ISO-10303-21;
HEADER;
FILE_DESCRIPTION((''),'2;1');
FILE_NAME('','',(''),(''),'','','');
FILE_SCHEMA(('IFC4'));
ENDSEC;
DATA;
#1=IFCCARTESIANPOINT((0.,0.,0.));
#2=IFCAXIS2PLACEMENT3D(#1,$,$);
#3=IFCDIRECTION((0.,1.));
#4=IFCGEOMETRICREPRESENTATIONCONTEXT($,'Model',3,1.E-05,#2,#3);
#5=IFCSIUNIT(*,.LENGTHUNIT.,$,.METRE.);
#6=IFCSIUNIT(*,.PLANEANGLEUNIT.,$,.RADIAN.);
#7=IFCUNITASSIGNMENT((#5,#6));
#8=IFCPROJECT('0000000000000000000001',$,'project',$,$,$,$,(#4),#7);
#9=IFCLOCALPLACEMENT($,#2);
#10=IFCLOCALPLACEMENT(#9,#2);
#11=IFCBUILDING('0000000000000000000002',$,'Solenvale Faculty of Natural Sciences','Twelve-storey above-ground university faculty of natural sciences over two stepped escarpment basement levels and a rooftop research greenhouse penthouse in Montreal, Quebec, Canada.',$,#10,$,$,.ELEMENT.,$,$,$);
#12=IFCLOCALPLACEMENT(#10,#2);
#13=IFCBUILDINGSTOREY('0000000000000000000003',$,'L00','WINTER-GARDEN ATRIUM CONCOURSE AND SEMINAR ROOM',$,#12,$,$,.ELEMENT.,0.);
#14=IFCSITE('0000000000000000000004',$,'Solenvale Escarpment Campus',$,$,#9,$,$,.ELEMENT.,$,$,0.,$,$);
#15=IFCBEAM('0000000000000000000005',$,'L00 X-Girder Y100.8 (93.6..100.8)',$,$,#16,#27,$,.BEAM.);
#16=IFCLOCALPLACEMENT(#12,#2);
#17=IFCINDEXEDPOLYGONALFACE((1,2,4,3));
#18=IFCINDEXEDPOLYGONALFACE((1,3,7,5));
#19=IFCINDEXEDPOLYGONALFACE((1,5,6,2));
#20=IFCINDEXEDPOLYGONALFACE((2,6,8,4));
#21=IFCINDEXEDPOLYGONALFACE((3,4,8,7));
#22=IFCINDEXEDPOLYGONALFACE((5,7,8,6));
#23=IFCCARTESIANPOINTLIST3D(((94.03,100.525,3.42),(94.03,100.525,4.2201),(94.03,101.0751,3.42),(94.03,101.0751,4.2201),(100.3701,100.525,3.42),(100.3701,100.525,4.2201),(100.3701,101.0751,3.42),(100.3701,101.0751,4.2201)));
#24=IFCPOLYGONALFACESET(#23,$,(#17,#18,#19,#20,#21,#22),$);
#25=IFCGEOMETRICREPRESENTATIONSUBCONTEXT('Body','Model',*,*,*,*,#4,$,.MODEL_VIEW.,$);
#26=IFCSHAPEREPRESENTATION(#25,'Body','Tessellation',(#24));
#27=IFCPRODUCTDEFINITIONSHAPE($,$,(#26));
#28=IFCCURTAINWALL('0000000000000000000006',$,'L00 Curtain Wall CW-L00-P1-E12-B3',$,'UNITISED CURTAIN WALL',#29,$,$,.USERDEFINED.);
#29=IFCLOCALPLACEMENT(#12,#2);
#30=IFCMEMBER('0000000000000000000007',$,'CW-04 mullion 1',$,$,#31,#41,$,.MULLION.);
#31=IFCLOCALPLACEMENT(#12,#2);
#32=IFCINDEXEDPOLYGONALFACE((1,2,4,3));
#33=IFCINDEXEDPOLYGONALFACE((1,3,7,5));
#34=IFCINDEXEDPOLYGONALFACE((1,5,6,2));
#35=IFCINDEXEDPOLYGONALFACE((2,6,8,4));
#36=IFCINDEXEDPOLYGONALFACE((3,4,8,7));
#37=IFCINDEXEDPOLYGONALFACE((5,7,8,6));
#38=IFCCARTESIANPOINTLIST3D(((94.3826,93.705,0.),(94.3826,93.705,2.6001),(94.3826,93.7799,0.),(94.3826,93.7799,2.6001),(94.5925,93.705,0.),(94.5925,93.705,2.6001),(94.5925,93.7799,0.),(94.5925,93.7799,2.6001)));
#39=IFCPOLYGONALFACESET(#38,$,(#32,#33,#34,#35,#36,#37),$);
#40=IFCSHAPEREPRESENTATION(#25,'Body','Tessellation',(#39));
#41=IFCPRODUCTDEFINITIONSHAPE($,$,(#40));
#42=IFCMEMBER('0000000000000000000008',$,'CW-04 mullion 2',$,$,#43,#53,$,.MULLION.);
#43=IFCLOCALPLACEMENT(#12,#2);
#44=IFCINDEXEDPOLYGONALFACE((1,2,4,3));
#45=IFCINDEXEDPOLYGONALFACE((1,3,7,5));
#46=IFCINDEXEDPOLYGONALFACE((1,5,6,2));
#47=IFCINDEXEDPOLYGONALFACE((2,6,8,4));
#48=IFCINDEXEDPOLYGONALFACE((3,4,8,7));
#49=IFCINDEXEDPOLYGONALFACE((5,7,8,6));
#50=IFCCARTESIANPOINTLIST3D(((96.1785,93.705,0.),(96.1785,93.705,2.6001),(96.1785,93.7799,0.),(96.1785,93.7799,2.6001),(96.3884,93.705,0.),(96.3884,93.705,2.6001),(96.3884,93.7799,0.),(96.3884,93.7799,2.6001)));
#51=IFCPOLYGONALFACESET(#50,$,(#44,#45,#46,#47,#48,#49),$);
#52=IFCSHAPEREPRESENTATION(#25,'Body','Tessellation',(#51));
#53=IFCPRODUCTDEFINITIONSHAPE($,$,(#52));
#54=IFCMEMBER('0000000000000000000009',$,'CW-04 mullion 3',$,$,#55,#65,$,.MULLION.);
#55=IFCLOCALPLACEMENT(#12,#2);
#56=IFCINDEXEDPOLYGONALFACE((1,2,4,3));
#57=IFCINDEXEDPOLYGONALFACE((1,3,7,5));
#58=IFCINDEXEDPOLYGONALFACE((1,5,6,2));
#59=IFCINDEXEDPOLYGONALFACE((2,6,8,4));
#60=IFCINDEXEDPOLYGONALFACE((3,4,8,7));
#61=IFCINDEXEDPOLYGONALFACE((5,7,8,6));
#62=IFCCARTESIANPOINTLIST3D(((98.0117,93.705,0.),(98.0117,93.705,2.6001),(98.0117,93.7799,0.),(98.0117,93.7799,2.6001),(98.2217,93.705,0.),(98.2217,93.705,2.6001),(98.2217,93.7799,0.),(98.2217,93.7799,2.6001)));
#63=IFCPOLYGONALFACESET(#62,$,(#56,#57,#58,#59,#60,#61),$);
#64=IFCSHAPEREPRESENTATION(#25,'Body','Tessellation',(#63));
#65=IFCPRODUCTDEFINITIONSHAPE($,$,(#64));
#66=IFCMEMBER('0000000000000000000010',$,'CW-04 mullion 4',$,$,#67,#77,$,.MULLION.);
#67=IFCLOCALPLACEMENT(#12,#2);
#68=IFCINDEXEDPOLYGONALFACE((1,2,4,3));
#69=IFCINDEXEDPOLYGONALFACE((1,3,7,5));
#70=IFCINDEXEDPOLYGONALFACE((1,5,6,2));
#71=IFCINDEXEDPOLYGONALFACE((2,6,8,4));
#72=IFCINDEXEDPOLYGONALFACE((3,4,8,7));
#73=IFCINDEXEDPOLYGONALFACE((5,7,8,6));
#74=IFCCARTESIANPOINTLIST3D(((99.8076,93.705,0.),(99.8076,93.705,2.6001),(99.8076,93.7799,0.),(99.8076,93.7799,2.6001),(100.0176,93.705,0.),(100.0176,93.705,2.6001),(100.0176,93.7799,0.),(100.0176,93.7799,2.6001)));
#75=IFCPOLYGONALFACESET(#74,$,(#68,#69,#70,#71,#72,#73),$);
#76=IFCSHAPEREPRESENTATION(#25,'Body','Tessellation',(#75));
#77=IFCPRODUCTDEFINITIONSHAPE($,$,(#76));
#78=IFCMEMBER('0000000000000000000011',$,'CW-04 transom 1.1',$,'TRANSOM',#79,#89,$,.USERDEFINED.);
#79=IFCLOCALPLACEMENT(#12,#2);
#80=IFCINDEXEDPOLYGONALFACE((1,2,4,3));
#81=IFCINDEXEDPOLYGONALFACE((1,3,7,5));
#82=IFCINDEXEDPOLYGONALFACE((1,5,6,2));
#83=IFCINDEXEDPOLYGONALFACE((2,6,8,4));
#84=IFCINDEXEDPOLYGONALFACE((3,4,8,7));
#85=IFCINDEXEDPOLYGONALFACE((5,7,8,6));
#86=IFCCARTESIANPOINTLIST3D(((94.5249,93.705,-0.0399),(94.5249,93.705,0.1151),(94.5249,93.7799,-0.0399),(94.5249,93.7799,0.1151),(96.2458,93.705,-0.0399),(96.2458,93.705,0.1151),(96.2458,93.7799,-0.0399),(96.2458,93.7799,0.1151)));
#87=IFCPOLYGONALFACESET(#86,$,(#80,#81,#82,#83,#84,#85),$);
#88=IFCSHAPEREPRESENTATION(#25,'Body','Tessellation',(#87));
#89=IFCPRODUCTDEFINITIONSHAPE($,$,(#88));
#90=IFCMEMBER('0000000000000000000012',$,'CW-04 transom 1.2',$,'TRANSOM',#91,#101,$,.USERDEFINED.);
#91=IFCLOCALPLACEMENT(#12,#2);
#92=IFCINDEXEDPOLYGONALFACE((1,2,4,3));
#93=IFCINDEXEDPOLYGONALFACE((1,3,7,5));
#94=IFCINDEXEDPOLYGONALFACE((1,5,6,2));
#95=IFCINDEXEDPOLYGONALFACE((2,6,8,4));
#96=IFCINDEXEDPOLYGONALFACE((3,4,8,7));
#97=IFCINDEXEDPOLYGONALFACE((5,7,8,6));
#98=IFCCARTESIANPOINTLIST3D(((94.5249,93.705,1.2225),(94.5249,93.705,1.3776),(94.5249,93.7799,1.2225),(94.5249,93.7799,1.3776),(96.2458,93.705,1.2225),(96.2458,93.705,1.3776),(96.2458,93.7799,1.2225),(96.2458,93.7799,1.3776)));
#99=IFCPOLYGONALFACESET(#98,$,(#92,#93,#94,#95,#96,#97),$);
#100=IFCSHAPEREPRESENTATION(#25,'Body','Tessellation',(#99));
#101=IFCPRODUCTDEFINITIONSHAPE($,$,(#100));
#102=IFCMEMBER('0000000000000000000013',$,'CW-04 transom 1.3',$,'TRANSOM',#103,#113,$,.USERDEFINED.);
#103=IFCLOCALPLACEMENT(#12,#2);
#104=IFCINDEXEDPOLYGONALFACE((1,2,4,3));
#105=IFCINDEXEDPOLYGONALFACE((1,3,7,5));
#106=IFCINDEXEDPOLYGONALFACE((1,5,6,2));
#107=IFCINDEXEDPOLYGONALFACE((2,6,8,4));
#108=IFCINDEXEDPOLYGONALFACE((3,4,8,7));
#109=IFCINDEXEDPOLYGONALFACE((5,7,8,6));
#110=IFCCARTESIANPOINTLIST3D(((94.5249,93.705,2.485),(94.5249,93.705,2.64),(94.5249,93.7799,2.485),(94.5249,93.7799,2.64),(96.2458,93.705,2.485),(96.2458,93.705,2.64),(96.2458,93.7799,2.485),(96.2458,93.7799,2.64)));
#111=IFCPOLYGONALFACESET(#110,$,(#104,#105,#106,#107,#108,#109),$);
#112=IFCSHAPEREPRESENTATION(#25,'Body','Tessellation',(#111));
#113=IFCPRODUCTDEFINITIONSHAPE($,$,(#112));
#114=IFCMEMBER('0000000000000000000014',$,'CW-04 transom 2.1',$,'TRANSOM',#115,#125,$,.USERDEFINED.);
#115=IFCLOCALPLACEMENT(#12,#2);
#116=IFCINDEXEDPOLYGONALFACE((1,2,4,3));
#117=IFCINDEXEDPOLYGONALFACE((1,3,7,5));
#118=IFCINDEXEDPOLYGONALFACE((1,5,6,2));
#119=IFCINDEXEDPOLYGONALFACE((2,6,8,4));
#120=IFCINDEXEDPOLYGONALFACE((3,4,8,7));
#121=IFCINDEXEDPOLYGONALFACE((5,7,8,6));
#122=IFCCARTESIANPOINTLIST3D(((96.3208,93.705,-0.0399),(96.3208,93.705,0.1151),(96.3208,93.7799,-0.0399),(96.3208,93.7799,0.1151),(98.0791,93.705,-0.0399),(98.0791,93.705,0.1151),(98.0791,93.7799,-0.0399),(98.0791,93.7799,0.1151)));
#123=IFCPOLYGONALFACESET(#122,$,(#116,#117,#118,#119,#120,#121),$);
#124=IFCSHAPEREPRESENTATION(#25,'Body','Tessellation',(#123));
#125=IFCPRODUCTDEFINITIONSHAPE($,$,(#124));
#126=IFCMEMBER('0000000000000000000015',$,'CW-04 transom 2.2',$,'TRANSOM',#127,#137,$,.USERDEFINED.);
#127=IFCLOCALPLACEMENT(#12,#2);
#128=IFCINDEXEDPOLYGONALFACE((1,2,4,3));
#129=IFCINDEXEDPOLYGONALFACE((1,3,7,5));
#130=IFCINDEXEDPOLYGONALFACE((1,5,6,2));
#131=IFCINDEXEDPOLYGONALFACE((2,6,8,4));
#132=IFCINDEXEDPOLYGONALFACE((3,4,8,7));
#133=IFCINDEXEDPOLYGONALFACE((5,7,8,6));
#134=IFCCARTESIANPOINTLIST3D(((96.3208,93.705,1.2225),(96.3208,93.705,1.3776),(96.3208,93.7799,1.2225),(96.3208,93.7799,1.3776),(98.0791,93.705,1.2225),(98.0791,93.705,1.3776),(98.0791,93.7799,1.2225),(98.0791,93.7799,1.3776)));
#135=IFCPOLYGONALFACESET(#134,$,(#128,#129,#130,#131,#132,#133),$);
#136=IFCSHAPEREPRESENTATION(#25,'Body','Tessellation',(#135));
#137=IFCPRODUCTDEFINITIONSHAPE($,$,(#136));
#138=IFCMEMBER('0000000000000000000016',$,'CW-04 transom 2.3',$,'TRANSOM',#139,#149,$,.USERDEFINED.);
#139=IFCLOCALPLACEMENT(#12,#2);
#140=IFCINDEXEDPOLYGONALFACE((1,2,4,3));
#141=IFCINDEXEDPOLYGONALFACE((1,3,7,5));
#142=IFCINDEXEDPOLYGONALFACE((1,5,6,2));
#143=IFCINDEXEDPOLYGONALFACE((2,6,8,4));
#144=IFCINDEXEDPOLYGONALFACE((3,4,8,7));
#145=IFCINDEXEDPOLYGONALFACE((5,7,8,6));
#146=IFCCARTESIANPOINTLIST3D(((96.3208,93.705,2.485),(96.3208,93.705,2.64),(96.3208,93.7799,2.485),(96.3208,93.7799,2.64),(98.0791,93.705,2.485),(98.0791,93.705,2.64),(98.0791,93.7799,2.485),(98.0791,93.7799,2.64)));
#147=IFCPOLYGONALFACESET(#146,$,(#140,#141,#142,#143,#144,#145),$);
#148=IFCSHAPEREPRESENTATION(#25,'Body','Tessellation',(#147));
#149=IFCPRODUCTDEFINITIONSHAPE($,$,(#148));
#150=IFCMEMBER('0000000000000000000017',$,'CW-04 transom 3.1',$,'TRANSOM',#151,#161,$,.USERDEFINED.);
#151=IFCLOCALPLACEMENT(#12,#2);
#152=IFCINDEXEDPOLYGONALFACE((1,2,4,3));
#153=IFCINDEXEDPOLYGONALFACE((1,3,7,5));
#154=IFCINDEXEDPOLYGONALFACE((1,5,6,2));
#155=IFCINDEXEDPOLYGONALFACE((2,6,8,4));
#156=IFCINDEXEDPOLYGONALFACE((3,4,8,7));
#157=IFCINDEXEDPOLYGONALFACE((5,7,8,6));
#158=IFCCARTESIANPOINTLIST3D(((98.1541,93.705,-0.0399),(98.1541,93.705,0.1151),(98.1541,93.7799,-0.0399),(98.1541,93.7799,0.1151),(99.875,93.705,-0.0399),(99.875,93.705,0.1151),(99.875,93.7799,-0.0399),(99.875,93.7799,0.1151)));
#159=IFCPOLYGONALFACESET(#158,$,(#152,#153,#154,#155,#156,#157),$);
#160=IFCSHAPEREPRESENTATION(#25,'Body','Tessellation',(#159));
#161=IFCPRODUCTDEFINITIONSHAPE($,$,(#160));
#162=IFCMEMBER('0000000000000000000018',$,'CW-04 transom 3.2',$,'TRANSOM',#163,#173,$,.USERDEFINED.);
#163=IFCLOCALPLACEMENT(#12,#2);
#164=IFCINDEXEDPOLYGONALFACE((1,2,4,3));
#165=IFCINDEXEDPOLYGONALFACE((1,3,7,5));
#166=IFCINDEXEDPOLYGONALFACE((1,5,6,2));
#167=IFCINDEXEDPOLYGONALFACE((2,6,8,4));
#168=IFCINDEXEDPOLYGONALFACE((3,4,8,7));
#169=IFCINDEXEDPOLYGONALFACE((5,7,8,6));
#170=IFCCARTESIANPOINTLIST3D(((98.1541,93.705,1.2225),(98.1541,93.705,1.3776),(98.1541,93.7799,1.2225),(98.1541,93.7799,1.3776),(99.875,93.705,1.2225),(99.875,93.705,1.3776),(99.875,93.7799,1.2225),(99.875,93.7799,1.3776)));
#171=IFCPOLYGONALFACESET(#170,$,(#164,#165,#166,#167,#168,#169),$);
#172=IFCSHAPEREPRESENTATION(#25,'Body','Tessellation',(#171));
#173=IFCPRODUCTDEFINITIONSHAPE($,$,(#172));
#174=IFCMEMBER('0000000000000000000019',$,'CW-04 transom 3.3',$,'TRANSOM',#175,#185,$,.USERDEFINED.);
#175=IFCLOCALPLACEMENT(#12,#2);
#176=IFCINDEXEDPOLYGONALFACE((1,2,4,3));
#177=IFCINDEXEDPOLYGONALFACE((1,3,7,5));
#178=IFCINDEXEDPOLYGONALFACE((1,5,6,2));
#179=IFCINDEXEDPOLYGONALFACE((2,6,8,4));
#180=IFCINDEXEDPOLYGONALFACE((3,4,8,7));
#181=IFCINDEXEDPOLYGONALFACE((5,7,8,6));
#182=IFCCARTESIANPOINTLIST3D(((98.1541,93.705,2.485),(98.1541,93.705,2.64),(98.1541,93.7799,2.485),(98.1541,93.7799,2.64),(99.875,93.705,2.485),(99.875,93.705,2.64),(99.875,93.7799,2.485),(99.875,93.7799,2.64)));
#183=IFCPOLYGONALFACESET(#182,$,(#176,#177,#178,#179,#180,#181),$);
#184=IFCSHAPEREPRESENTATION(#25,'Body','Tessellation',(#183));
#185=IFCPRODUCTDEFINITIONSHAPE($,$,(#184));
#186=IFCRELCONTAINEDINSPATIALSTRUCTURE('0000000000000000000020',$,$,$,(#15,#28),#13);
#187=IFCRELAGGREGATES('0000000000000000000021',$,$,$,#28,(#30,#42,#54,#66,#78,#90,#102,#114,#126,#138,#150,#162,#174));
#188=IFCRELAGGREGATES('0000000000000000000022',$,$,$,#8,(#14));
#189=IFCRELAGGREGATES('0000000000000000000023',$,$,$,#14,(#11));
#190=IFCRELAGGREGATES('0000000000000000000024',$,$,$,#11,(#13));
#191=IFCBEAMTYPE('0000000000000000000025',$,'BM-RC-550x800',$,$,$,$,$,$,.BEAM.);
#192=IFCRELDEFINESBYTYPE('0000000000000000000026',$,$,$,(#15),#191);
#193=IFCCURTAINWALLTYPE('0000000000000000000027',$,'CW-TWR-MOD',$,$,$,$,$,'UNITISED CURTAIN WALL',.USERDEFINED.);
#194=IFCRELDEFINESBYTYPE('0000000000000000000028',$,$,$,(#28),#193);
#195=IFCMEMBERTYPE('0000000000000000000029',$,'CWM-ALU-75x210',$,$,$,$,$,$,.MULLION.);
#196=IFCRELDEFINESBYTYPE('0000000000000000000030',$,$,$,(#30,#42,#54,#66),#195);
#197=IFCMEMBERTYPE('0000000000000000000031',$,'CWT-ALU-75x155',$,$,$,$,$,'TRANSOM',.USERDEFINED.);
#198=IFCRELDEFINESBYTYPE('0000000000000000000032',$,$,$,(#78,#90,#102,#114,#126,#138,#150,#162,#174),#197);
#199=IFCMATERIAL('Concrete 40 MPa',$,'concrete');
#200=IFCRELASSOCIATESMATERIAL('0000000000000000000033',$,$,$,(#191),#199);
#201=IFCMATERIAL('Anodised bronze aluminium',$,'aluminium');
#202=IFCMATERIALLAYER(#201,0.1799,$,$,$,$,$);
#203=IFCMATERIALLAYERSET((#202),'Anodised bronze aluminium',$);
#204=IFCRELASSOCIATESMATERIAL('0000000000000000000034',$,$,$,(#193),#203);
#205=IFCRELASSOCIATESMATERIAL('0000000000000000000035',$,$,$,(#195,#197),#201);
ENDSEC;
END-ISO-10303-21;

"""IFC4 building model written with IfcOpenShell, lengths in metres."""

from ifc_helpers import new_model, si_unit, direction, frame, origin, origin_2d, place, context, subcontext, project, spatial, rectangle, extrude, material, layer, layer_set, material_profile, profile_set, type_object, element, aggregate, save


model = new_model("IFC4")

# Units and contexts
model_context = context("Model", 3, precision=1e-05, world=origin(), true_north=direction((0.0, 1.0)))
body_context = subcontext(model_context, "Body", "Model", "MODEL_VIEW")
ifc_project = project(units=[si_unit("LENGTHUNIT", "METRE"), si_unit("PLANEANGLEUNIT", "RADIAN")], contexts=[model_context])

# Site, building, storey
site_placement = place(None, origin())
site = spatial("IfcSite", under=ifc_project, at=site_placement, Name="Solenvale Escarpment Campus", CompositionType="ELEMENT", RefElevation=0.0)
building_placement = place(site_placement, origin())
building = spatial("IfcBuilding", under=site, at=building_placement, Name="Solenvale Faculty of Natural Sciences", Description="Twelve-storey above-ground university faculty of natural sciences over two stepped escarpment basement levels and a rooftop research greenhouse penthouse in Montreal, Quebec, Canada.", CompositionType="ELEMENT")
storey_placement = place(building_placement, origin())
storey = spatial("IfcBuildingStorey", under=building, at=storey_placement, Name="L00", Description="WINTER-GARDEN ATRIUM CONCOURSE AND SEMINAR ROOM", CompositionType="ELEMENT", Elevation=0.0)

# Beam
ifc_material_1 = material(Name="Concrete 40 MPa", Category="concrete")
ifc_material_profile_1 = material_profile(ifc_material_1, rectangle(XDim=0.55, YDim=0.8, at=origin_2d()), Name="RC-BM-550x800")
ifc_profile_set_1 = profile_set([ifc_material_profile_1], Name="Concrete 40 MPa")
beam_type = type_object("IfcBeamType", Name="BM-RC-550x800", PredefinedType="BEAM", material=ifc_profile_set_1)
beam_placement = place(storey_placement, frame((94.03, 100.8, 3.8201), z_axis=(1.0, 0.0, 0.0), x_axis=(0.0, 1.0, 0.0)))
element("IfcBeam", 1, at=beam_placement, inside=storey, type_object=beam_type, Name="L00 X-Girder Y100.8 (93.6..100.8)", PredefinedType="BEAM", context=body_context, shape_type="SweptSolid", body=[
    extrude(rectangle(XDim=0.55, YDim=0.8, at=origin_2d()), origin(), (0.0, 0.0, 1.0), 6.3401),
])

# Curtain wall, members
ifc_material_2 = material(Name="Anodised bronze aluminium", Category="aluminium")
ifc_layer_1 = layer(ifc_material_2, 0.1799)
ifc_layer_set_1 = layer_set([ifc_layer_1], Name="Anodised bronze aluminium")
curtain_wall_type = type_object("IfcCurtainWallType", Name="CW-TWR-MOD", ElementType="UNITISED CURTAIN WALL", PredefinedType="USERDEFINED", material=ifc_layer_set_1)
curtain_wall_placement = place(storey_placement, origin())
curtain_wall = element("IfcCurtainWall", 2, at=curtain_wall_placement, inside=storey, type_object=curtain_wall_type, Name="L00 Curtain Wall CW-L00-P1-E12-B3", ObjectType="UNITISED CURTAIN WALL", PredefinedType="USERDEFINED")
ifc_material_profile_2 = material_profile(ifc_material_2, rectangle(XDim=0.075, YDim=0.21, at=origin_2d()), Name="ALU-MUL-75x210")
ifc_profile_set_2 = profile_set([ifc_material_profile_2], Name="Anodised bronze aluminium")
member_type_1 = type_object("IfcMemberType", Name="CWM-ALU-75x210", PredefinedType="MULLION", material=ifc_profile_set_2)
member_1_placement = place(storey_placement, frame((94.4875, 93.7424, 0.0), z_axis=(0.0, 0.0, 1.0), x_axis=(0.0, 1.0, 0.0)))
member_1 = element("IfcMember", 3, at=member_1_placement, type_object=member_type_1, Name="CW-04 mullion 1", PredefinedType="MULLION", context=body_context, shape_type="SweptSolid", body=[
    extrude(rectangle(XDim=0.075, YDim=0.21, at=origin_2d()), origin(), (0.0, 0.0, 1.0), 2.6001),
])
member_2_placement = place(storey_placement, frame((96.2834, 93.7424, 0.0), z_axis=(0.0, 0.0, 1.0), x_axis=(0.0, 1.0, 0.0)))
member_2 = element("IfcMember", 4, at=member_2_placement, type_object=member_type_1, Name="CW-04 mullion 2", PredefinedType="MULLION", context=body_context, shape_type="SweptSolid", body=[
    extrude(rectangle(XDim=0.075, YDim=0.21, at=origin_2d()), origin(), (0.0, 0.0, 1.0), 2.6001),
])
member_3_placement = place(storey_placement, frame((98.1167, 93.7424, 0.0), z_axis=(0.0, 0.0, 1.0), x_axis=(0.0, 1.0, 0.0)))
member_3 = element("IfcMember", 5, at=member_3_placement, type_object=member_type_1, Name="CW-04 mullion 3", PredefinedType="MULLION", context=body_context, shape_type="SweptSolid", body=[
    extrude(rectangle(XDim=0.075, YDim=0.21, at=origin_2d()), origin(), (0.0, 0.0, 1.0), 2.6001),
])
member_4_placement = place(storey_placement, frame((99.9126, 93.7424, 0.0), z_axis=(0.0, 0.0, 1.0), x_axis=(0.0, 1.0, 0.0)))
member_4 = element("IfcMember", 6, at=member_4_placement, type_object=member_type_1, Name="CW-04 mullion 4", PredefinedType="MULLION", context=body_context, shape_type="SweptSolid", body=[
    extrude(rectangle(XDim=0.075, YDim=0.21, at=origin_2d()), origin(), (0.0, 0.0, 1.0), 2.6001),
])
ifc_material_profile_3 = material_profile(ifc_material_2, rectangle(XDim=0.075, YDim=0.155, at=origin_2d()), Name="ALU-TRN-75x155")
ifc_profile_set_3 = profile_set([ifc_material_profile_3], Name="Anodised bronze aluminium")
member_type_2 = type_object("IfcMemberType", Name="CWT-ALU-75x155", ElementType="TRANSOM", PredefinedType="USERDEFINED", material=ifc_profile_set_3)
member_5_placement = place(storey_placement, frame((94.5249, 93.7424, 0.0376), z_axis=(1.0, 0.0, 0.0), x_axis=(0.0, 1.0, 0.0)))
member_5 = element("IfcMember", 7, at=member_5_placement, type_object=member_type_2, Name="CW-04 transom 1.1", ObjectType="TRANSOM", PredefinedType="USERDEFINED", context=body_context, shape_type="SweptSolid", body=[
    extrude(rectangle(XDim=0.075, YDim=0.155, at=origin_2d()), origin(), (0.0, 0.0, 1.0), 1.7209),
])
member_6_placement = place(storey_placement, frame((94.5249, 93.7424, 1.3), z_axis=(1.0, 0.0, 0.0), x_axis=(0.0, 1.0, 0.0)))
member_6 = element("IfcMember", 8, at=member_6_placement, type_object=member_type_2, Name="CW-04 transom 1.2", ObjectType="TRANSOM", PredefinedType="USERDEFINED", context=body_context, shape_type="SweptSolid", body=[
    extrude(rectangle(XDim=0.075, YDim=0.155, at=origin_2d()), origin(), (0.0, 0.0, 1.0), 1.7209),
])
member_7_placement = place(storey_placement, frame((94.5249, 93.7424, 2.5625), z_axis=(1.0, 0.0, 0.0), x_axis=(0.0, 1.0, 0.0)))
member_7 = element("IfcMember", 9, at=member_7_placement, type_object=member_type_2, Name="CW-04 transom 1.3", ObjectType="TRANSOM", PredefinedType="USERDEFINED", context=body_context, shape_type="SweptSolid", body=[
    extrude(rectangle(XDim=0.075, YDim=0.155, at=origin_2d()), origin(), (0.0, 0.0, 1.0), 1.7209),
])
member_8_placement = place(storey_placement, frame((96.3208, 93.7424, 0.0376), z_axis=(1.0, 0.0, 0.0), x_axis=(0.0, 1.0, 0.0)))
member_8 = element("IfcMember", 10, at=member_8_placement, type_object=member_type_2, Name="CW-04 transom 2.1", ObjectType="TRANSOM", PredefinedType="USERDEFINED", context=body_context, shape_type="SweptSolid", body=[
    extrude(rectangle(XDim=0.075, YDim=0.155, at=origin_2d()), origin(), (0.0, 0.0, 1.0), 1.7583),
])
member_9_placement = place(storey_placement, frame((96.3208, 93.7424, 1.3), z_axis=(1.0, 0.0, 0.0), x_axis=(0.0, 1.0, 0.0)))
member_9 = element("IfcMember", 11, at=member_9_placement, type_object=member_type_2, Name="CW-04 transom 2.2", ObjectType="TRANSOM", PredefinedType="USERDEFINED", context=body_context, shape_type="SweptSolid", body=[
    extrude(rectangle(XDim=0.075, YDim=0.155, at=origin_2d()), origin(), (0.0, 0.0, 1.0), 1.7583),
])
member_10_placement = place(storey_placement, frame((96.3208, 93.7424, 2.5625), z_axis=(1.0, 0.0, 0.0), x_axis=(0.0, 1.0, 0.0)))
member_10 = element("IfcMember", 12, at=member_10_placement, type_object=member_type_2, Name="CW-04 transom 2.3", ObjectType="TRANSOM", PredefinedType="USERDEFINED", context=body_context, shape_type="SweptSolid", body=[
    extrude(rectangle(XDim=0.075, YDim=0.155, at=origin_2d()), origin(), (0.0, 0.0, 1.0), 1.7583),
])
member_11_placement = place(storey_placement, frame((98.1541, 93.7424, 0.0376), z_axis=(1.0, 0.0, 0.0), x_axis=(0.0, 1.0, 0.0)))
member_11 = element("IfcMember", 13, at=member_11_placement, type_object=member_type_2, Name="CW-04 transom 3.1", ObjectType="TRANSOM", PredefinedType="USERDEFINED", context=body_context, shape_type="SweptSolid", body=[
    extrude(rectangle(XDim=0.075, YDim=0.155, at=origin_2d()), origin(), (0.0, 0.0, 1.0), 1.7209),
])
member_12_placement = place(storey_placement, frame((98.1541, 93.7424, 1.3), z_axis=(1.0, 0.0, 0.0), x_axis=(0.0, 1.0, 0.0)))
member_12 = element("IfcMember", 14, at=member_12_placement, type_object=member_type_2, Name="CW-04 transom 3.2", ObjectType="TRANSOM", PredefinedType="USERDEFINED", context=body_context, shape_type="SweptSolid", body=[
    extrude(rectangle(XDim=0.075, YDim=0.155, at=origin_2d()), origin(), (0.0, 0.0, 1.0), 1.7209),
])
member_13_placement = place(storey_placement, frame((98.1541, 93.7424, 2.5625), z_axis=(1.0, 0.0, 0.0), x_axis=(0.0, 1.0, 0.0)))
member_13 = element("IfcMember", 15, at=member_13_placement, type_object=member_type_2, Name="CW-04 transom 3.3", ObjectType="TRANSOM", PredefinedType="USERDEFINED", context=body_context, shape_type="SweptSolid", body=[
    extrude(rectangle(XDim=0.075, YDim=0.155, at=origin_2d()), origin(), (0.0, 0.0, 1.0), 1.7209),
])
aggregate(curtain_wall, [member_1, member_2, member_3, member_4, member_5, member_6, member_7, member_8, member_9, member_10, member_11, member_12, member_13])

save(model, "model.ifc")
